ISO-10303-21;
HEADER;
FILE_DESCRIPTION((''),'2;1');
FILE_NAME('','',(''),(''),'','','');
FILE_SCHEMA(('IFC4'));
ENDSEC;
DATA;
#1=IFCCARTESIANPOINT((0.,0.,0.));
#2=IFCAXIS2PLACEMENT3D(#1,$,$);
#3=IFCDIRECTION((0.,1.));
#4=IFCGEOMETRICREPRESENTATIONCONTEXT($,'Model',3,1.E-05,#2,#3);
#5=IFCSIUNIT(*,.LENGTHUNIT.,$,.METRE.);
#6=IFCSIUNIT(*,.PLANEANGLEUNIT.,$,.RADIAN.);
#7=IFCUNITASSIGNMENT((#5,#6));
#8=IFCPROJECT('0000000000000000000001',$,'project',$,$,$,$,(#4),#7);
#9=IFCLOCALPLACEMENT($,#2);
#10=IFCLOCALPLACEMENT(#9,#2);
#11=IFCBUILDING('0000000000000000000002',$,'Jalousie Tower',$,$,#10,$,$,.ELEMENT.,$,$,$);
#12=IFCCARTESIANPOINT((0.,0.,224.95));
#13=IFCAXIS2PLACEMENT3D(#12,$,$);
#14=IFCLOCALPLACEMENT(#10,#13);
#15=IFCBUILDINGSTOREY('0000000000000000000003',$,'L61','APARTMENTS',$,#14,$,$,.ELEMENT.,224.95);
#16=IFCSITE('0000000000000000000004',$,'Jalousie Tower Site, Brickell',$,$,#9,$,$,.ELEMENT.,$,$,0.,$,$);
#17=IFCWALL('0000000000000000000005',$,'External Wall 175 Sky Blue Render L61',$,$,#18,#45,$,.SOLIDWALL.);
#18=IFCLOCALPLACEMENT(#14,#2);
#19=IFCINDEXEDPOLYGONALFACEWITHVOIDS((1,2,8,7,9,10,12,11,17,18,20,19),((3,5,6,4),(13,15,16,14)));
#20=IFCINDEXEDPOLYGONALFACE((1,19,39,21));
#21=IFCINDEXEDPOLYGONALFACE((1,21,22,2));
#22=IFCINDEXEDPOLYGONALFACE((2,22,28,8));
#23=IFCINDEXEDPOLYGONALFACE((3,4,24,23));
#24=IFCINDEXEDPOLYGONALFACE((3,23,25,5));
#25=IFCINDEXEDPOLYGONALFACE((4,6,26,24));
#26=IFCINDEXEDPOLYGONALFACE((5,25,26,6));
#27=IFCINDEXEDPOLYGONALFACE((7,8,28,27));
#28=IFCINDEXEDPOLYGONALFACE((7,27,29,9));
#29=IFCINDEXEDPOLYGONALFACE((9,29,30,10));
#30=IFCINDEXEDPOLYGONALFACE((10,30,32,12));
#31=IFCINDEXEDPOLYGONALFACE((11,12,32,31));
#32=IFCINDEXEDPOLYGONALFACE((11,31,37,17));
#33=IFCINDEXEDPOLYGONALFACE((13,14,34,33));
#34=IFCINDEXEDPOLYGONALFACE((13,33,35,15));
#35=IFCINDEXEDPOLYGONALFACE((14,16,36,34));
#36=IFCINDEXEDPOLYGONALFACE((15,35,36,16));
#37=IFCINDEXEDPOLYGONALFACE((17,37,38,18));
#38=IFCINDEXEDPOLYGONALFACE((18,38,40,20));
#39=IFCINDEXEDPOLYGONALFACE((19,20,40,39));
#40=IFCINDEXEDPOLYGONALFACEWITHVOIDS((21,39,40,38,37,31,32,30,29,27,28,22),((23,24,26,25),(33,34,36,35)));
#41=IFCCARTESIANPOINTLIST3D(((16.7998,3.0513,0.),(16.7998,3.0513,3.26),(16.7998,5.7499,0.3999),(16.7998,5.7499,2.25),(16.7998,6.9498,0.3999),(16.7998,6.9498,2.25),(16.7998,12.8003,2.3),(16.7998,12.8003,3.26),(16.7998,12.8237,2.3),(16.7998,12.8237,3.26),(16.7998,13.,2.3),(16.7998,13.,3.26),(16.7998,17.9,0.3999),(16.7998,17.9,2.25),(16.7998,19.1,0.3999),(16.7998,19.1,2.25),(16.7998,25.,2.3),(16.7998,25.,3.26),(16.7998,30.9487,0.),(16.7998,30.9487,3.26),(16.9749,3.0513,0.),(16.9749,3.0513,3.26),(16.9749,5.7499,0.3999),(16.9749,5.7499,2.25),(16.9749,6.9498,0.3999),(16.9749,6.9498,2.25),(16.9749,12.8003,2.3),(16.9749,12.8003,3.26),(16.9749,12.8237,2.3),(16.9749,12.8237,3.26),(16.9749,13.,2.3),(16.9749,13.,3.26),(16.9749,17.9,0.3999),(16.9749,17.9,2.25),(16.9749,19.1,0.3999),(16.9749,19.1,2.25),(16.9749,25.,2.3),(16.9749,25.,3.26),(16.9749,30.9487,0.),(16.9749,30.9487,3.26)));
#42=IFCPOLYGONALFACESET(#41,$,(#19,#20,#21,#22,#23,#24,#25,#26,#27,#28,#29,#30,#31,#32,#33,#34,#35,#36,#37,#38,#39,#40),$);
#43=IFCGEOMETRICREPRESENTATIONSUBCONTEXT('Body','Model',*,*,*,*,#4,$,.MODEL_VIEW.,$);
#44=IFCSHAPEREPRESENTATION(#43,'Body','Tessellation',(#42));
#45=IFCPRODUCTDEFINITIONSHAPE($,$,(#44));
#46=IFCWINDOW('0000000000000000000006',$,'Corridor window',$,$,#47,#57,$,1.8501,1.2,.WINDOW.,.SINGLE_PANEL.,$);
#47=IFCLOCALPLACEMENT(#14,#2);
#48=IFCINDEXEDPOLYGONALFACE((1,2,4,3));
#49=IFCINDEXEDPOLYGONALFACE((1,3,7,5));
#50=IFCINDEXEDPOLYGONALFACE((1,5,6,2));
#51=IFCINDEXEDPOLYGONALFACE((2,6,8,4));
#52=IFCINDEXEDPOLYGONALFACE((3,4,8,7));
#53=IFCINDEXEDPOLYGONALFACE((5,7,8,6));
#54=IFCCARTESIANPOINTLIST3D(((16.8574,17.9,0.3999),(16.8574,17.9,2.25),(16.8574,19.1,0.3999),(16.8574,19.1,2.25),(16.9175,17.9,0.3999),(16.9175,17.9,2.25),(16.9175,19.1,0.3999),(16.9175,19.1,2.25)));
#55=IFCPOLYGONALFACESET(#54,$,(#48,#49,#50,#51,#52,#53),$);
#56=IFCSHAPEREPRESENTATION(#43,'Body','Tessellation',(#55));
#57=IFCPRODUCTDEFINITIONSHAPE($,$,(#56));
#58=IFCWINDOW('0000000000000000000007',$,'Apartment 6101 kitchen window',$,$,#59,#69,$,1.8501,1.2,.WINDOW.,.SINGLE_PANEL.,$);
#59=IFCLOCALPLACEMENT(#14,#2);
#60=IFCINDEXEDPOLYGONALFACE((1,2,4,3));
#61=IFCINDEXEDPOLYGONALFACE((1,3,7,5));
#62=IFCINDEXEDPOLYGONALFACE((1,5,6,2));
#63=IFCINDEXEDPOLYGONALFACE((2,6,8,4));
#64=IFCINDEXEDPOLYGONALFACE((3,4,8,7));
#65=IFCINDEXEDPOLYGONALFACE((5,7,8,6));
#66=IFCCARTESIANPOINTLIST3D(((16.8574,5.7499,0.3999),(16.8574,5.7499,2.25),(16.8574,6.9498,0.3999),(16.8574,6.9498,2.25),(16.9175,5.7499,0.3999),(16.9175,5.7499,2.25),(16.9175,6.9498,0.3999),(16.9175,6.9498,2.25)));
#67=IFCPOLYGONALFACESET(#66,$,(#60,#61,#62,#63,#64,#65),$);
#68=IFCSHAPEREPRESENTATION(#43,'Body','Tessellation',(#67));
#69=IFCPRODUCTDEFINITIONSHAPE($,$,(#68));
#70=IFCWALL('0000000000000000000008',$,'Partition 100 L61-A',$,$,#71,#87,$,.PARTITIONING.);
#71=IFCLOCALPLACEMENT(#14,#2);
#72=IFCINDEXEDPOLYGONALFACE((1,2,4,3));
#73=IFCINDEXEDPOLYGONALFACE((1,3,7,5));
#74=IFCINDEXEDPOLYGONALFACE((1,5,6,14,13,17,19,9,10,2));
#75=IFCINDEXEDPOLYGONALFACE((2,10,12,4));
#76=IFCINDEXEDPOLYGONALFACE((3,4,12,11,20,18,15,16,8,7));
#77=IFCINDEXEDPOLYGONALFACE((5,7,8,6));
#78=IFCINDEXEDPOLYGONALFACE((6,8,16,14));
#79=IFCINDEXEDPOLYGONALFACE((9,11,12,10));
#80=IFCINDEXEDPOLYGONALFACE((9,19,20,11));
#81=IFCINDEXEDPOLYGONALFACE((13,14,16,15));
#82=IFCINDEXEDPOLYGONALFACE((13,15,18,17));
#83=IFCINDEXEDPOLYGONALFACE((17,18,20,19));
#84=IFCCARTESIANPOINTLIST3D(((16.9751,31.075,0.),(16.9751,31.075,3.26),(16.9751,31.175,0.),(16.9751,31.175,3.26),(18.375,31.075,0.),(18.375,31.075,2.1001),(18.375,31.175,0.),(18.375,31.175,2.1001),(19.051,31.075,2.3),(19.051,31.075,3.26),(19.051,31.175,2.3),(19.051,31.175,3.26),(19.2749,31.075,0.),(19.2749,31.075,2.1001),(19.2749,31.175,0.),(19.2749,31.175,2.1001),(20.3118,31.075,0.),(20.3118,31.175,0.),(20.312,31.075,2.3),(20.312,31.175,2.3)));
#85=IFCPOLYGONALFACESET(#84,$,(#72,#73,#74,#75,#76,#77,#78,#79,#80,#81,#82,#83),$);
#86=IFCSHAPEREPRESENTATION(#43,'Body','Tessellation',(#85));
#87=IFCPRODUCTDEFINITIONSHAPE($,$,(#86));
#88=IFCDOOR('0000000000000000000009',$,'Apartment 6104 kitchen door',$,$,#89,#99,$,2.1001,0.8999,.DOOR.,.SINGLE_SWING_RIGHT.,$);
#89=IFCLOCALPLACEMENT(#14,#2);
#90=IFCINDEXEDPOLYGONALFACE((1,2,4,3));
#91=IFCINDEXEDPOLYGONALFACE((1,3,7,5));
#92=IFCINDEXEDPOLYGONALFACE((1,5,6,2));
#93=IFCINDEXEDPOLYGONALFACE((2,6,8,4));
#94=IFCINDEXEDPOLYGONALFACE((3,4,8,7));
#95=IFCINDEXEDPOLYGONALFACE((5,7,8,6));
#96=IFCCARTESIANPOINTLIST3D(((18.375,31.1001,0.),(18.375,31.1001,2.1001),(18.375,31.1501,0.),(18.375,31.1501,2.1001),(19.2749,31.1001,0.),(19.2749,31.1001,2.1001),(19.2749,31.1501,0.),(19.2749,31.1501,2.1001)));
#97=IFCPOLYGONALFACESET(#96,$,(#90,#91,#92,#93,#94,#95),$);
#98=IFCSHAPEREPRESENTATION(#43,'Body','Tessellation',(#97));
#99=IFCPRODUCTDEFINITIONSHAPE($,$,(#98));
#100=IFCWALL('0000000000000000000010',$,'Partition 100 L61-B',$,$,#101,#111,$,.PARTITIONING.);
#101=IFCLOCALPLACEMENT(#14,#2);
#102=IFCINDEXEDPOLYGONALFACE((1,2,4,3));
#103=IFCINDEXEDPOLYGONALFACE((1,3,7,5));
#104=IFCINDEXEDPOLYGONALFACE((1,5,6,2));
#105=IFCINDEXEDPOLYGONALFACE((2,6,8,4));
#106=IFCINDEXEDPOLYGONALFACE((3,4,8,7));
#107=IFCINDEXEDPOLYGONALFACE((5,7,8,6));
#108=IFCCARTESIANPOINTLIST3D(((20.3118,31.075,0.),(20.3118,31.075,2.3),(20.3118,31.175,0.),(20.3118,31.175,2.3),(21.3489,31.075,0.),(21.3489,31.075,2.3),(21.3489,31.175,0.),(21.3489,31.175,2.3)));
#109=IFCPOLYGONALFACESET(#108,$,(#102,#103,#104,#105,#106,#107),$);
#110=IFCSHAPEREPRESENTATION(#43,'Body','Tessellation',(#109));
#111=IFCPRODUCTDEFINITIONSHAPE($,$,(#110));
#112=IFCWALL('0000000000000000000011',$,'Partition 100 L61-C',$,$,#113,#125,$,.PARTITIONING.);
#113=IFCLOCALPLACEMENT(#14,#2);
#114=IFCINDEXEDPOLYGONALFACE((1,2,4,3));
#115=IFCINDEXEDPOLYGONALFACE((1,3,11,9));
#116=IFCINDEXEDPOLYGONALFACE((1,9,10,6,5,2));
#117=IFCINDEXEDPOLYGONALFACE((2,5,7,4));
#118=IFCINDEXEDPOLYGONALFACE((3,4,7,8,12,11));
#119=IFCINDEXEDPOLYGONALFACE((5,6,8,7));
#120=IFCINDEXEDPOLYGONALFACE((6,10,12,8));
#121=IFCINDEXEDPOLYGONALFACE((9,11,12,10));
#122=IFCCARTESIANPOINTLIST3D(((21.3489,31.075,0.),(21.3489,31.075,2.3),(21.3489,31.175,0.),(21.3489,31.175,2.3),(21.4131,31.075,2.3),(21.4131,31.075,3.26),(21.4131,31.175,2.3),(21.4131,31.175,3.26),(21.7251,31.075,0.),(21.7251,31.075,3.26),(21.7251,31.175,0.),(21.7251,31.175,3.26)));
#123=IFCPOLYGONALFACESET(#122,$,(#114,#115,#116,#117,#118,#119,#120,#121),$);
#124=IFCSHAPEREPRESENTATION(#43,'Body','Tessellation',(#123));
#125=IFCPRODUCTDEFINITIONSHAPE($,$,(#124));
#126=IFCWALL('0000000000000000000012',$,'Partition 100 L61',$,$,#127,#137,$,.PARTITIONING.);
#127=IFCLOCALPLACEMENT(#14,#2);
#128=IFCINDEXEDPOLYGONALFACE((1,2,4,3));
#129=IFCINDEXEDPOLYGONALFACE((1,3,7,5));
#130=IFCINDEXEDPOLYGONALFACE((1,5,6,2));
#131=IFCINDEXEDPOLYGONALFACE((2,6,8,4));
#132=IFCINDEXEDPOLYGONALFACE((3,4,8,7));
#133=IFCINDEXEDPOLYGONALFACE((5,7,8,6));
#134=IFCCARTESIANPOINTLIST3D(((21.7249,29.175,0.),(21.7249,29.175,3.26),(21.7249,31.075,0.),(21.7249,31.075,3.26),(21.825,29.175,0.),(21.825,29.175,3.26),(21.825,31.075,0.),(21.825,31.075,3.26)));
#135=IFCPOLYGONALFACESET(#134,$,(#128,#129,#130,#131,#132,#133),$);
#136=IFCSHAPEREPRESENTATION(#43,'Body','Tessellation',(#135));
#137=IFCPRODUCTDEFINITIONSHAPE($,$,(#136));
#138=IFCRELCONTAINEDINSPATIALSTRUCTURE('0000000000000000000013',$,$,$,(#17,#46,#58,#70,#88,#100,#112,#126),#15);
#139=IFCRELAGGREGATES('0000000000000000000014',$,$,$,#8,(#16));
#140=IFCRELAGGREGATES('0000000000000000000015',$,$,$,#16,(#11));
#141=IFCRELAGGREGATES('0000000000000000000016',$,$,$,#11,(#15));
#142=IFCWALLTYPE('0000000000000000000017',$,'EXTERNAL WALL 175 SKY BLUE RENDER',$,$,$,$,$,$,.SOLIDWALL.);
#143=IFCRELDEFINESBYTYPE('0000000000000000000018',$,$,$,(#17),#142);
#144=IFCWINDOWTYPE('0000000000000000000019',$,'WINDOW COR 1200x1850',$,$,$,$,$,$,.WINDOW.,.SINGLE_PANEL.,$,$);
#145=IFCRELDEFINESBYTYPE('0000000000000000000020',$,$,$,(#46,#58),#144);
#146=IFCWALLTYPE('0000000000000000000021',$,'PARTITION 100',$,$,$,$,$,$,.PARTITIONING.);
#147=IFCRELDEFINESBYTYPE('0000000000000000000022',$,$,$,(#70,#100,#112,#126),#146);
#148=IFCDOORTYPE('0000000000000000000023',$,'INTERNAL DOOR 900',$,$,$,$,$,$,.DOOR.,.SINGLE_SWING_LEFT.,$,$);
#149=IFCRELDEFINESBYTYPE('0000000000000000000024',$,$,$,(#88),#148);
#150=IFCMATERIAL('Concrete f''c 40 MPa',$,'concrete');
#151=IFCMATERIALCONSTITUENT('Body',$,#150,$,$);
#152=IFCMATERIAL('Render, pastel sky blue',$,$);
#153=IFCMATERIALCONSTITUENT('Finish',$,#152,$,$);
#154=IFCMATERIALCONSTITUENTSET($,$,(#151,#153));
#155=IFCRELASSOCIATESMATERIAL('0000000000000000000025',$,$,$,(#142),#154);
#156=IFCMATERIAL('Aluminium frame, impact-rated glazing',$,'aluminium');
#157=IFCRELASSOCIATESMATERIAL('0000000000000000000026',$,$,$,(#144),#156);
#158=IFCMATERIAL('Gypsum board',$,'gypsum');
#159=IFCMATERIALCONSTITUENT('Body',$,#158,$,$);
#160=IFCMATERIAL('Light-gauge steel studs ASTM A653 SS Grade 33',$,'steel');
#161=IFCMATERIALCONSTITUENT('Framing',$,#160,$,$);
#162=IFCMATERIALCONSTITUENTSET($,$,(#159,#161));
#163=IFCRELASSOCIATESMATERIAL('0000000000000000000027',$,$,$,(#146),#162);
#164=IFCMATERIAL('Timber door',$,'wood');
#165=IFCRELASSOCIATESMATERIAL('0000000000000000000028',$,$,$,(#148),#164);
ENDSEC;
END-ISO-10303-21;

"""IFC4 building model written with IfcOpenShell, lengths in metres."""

from ifc_helpers import new_model, si_unit, direction, frame, frame_2d, origin, place, context, subcontext, project, spatial, polyline, rectangle, outline, extrude, material, constituent, constituent_set, type_object, element, fill, save


model = new_model("IFC4")

# Units and contexts
model_context = context("Model", 3, precision=1e-05, world=origin(), true_north=direction((0.0, 1.0)))
body_context = subcontext(model_context, "Body", "Model", "MODEL_VIEW")
ifc_project = project(units=[si_unit("LENGTHUNIT", "METRE"), si_unit("PLANEANGLEUNIT", "RADIAN")], contexts=[model_context])

# Site, building, storey
site_placement = place(None, origin())
site = spatial("IfcSite", under=ifc_project, at=site_placement, Name="Jalousie Tower Site, Brickell", CompositionType="ELEMENT", RefElevation=0.0)
building_placement = place(site_placement, origin())
building = spatial("IfcBuilding", under=site, at=building_placement, Name="Jalousie Tower", CompositionType="ELEMENT")
storey_placement = place(building_placement, frame((0.0, 0.0, 224.95)))
storey = spatial("IfcBuildingStorey", under=building, at=storey_placement, Name="L61", Description="APARTMENTS", CompositionType="ELEMENT", Elevation=224.95)

# Wall, openings, windows
ifc_material_1 = material(Name="Concrete f'c 40 MPa", Category="concrete")
ifc_constituent_1 = constituent(ifc_material_1, Name="Body")
ifc_material_2 = material(Name="Render, pastel sky blue")
ifc_constituent_2 = constituent(ifc_material_2, Name="Finish")
ifc_constituent_set_1 = constituent_set(constituents=[ifc_constituent_1, ifc_constituent_2])
wall_type_1 = type_object("IfcWallType", Name="EXTERNAL WALL 175 SKY BLUE RENDER", PredefinedType="SOLIDWALL", material=ifc_constituent_set_1)
wall_1_placement = place(storey_placement, frame((16.8875, 30.9487, 0.0), z_axis=(0.0, 0.0, 1.0), x_axis=(0.0, -1.0, 0.0)))
wall_1 = element("IfcWall", 1, at=wall_1_placement, inside=storey, type_object=wall_type_1, Name="External Wall 175 Sky Blue Render L61", PredefinedType="SOLIDWALL", context=body_context, shape_type="SweptSolid", body=[
    extrude(outline(polyline([(0.0, 0.0), (27.8975, 0.0), (27.8975, 3.26), (18.1484, 3.26), (18.1484, 2.3), (18.125, 2.3), (18.125, 3.26), (17.9487, 3.26), (17.9487, 2.3), (5.9487, 2.3), (5.9487, 3.26), (0.0, 3.26), (0.0, 0.0)])), frame((0.0, 0.0874, 0.0), z_axis=(0.0, -1.0, 0.0), x_axis=(1.0, 0.0, 0.0)), (0.0, 0.0, 1.0), 0.175),
])
opening_1_placement = place(wall_1_placement, frame((11.8486, 0.0, 0.3999)))
opening_1 = element("IfcOpeningElement", 2, at=opening_1_placement, cuts=wall_1, PredefinedType="OPENING", context=body_context, shape_type="SweptSolid", body=[
    extrude(rectangle(XDim=1.2, YDim=1.8501, at=frame_2d((0.6001, 0.925))), frame((0.0, 0.0974, 0.0), z_axis=(0.0, -1.0, 0.0), x_axis=(1.0, 0.0, 0.0)), (0.0, 0.0, 1.0), 0.1951),
])
opening_2_placement = place(wall_1_placement, frame((23.9988, 0.0, 0.3999)))
opening_2 = element("IfcOpeningElement", 3, at=opening_2_placement, cuts=wall_1, PredefinedType="OPENING", context=body_context, shape_type="SweptSolid", body=[
    extrude(rectangle(XDim=1.2, YDim=1.8501, at=frame_2d((0.6001, 0.925))), frame((0.0, 0.0974, 0.0), z_axis=(0.0, -1.0, 0.0), x_axis=(1.0, 0.0, 0.0)), (0.0, 0.0, 1.0), 0.1951),
])
ifc_material_3 = material(Name="Aluminium frame, impact-rated glazing", Category="aluminium")
window_type = type_object("IfcWindowType", Name="WINDOW COR 1200x1850", PartitioningType="SINGLE_PANEL", PredefinedType="WINDOW", material=ifc_material_3)
window_1_placement = place(opening_1_placement, origin())
window_1 = element("IfcWindow", 4, at=window_1_placement, inside=storey, type_object=window_type, Name="Corridor window", OverallHeight=1.8501, OverallWidth=1.2, PartitioningType="SINGLE_PANEL", PredefinedType="WINDOW", context=body_context, shape_type="SweptSolid", body=[
    extrude(rectangle(XDim=1.2, YDim=1.8501, at=frame_2d((0.6001, 0.925))), frame((0.0, 0.03, 0.0), z_axis=(0.0, -1.0, 0.0), x_axis=(1.0, 0.0, 0.0)), (0.0, 0.0, 1.0), 0.0601),
])
fill(opening_1, window_1)
window_2_placement = place(opening_2_placement, origin())
window_2 = element("IfcWindow", 5, at=window_2_placement, inside=storey, type_object=window_type, Name="Apartment 6101 kitchen window", OverallHeight=1.8501, OverallWidth=1.2, PartitioningType="SINGLE_PANEL", PredefinedType="WINDOW", context=body_context, shape_type="SweptSolid", body=[
    extrude(rectangle(XDim=1.2, YDim=1.8501, at=frame_2d((0.6001, 0.925))), frame((0.0, 0.03, 0.0), z_axis=(0.0, -1.0, 0.0), x_axis=(1.0, 0.0, 0.0)), (0.0, 0.0, 1.0), 0.0601),
])
fill(opening_2, window_2)

# Wall, opening, door
ifc_material_4 = material(Name="Gypsum board", Category="gypsum")
ifc_constituent_3 = constituent(ifc_material_4, Name="Body")
ifc_material_5 = material(Name="Light-gauge steel studs ASTM A653 SS Grade 33", Category="steel")
ifc_constituent_4 = constituent(ifc_material_5, Name="Framing")
ifc_constituent_set_2 = constituent_set(constituents=[ifc_constituent_3, ifc_constituent_4])
wall_type_2 = type_object("IfcWallType", Name="PARTITION 100", PredefinedType="PARTITIONING", material=ifc_constituent_set_2)
wall_2_placement = place(storey_placement, frame((16.9751, 31.125, 0.0), z_axis=(0.0, 0.0, 1.0), x_axis=(1.0, 0.0, 0.0)))
wall_2 = element("IfcWall", 6, at=wall_2_placement, inside=storey, type_object=wall_type_2, Name="Partition 100 L61-A", PredefinedType="PARTITIONING", context=body_context, shape_type="SweptSolid", body=[
    extrude(outline(polyline([(0.0, 0.0), (3.3367, 0.0), (3.3369, 2.3), (2.0759, 2.3), (2.0759, 3.26), (0.0, 3.26), (0.0, 0.0)])), frame((0.0, 0.05, 0.0), z_axis=(0.0, -1.0, 0.0), x_axis=(1.0, 0.0, 0.0)), (0.0, 0.0, 1.0), 0.1001),
])
opening_3_placement = place(wall_2_placement, frame((1.3999, 0.0, 0.0)))
opening_3 = element("IfcOpeningElement", 7, at=opening_3_placement, cuts=wall_2, PredefinedType="OPENING", context=body_context, shape_type="SweptSolid", body=[
    extrude(rectangle(XDim=0.8999, YDim=2.1001, at=frame_2d((0.45, 1.05))), frame((0.0, 0.0601, 0.0), z_axis=(0.0, -1.0, 0.0), x_axis=(1.0, 0.0, 0.0)), (0.0, 0.0, 1.0), 0.1201),
])
ifc_material_6 = material(Name="Timber door", Category="wood")
door_type = type_object("IfcDoorType", Name="INTERNAL DOOR 900", OperationType="SINGLE_SWING_LEFT", PredefinedType="DOOR", material=ifc_material_6)
door_placement = place(opening_3_placement, frame((0.8999, 0.0, 0.0), z_axis=(0.0, 0.0, 1.0), x_axis=(-1.0, 0.0, 0.0)))
door = element("IfcDoor", 8, at=door_placement, inside=storey, type_object=door_type, Name="Apartment 6104 kitchen door", OperationType="SINGLE_SWING_RIGHT", OverallHeight=2.1001, OverallWidth=0.8999, PredefinedType="DOOR", context=body_context, shape_type="SweptSolid", body=[
    extrude(rectangle(XDim=0.8999, YDim=2.1001, at=frame_2d((0.45, 1.05))), frame((0.0, 0.0249, 0.0), z_axis=(0.0, -1.0, 0.0), x_axis=(1.0, 0.0, 0.0)), (0.0, 0.0, 1.0), 0.05),
])
fill(opening_3, door)

# Walls
wall_3_placement = place(storey_placement, frame((20.3118, 31.125, 0.0), z_axis=(0.0, 0.0, 1.0), x_axis=(1.0, 0.0, 0.0)))
element("IfcWall", 9, at=wall_3_placement, inside=storey, type_object=wall_type_2, Name="Partition 100 L61-B", PredefinedType="PARTITIONING", context=body_context, shape_type="SweptSolid", body=[
    extrude(rectangle(XDim=1.0371, YDim=0.1001, at=frame_2d((0.5186, 0.0))), origin(), (0.0, 0.0, 1.0), 2.3),
])
wall_4_placement = place(storey_placement, frame((21.3489, 31.125, 0.0), z_axis=(0.0, 0.0, 1.0), x_axis=(1.0, 0.0, 0.0)))
element("IfcWall", 10, at=wall_4_placement, inside=storey, type_object=wall_type_2, Name="Partition 100 L61-C", PredefinedType="PARTITIONING", context=body_context, shape_type="SweptSolid", body=[
    extrude(outline(polyline([(0.0, 0.0), (0.3762, 0.0), (0.3762, 3.26), (0.0642, 3.26), (0.0642, 2.3), (0.0, 2.3), (0.0, 0.0)])), frame((0.0, 0.05, 0.0), z_axis=(0.0, -1.0, 0.0), x_axis=(1.0, 0.0, 0.0)), (0.0, 0.0, 1.0), 0.1001),
])
wall_5_placement = place(storey_placement, frame((21.7749, 31.075, 0.0), z_axis=(0.0, 0.0, 1.0), x_axis=(0.0, -1.0, 0.0)))
element("IfcWall", 11, at=wall_5_placement, inside=storey, type_object=wall_type_2, Name="Partition 100 L61", PredefinedType="PARTITIONING", context=body_context, shape_type="SweptSolid", body=[
    extrude(rectangle(XDim=1.8999, YDim=0.1001, at=frame_2d((0.95, 0.0))), origin(), (0.0, 0.0, 1.0), 3.26),
])

save(model, "model.ifc")
